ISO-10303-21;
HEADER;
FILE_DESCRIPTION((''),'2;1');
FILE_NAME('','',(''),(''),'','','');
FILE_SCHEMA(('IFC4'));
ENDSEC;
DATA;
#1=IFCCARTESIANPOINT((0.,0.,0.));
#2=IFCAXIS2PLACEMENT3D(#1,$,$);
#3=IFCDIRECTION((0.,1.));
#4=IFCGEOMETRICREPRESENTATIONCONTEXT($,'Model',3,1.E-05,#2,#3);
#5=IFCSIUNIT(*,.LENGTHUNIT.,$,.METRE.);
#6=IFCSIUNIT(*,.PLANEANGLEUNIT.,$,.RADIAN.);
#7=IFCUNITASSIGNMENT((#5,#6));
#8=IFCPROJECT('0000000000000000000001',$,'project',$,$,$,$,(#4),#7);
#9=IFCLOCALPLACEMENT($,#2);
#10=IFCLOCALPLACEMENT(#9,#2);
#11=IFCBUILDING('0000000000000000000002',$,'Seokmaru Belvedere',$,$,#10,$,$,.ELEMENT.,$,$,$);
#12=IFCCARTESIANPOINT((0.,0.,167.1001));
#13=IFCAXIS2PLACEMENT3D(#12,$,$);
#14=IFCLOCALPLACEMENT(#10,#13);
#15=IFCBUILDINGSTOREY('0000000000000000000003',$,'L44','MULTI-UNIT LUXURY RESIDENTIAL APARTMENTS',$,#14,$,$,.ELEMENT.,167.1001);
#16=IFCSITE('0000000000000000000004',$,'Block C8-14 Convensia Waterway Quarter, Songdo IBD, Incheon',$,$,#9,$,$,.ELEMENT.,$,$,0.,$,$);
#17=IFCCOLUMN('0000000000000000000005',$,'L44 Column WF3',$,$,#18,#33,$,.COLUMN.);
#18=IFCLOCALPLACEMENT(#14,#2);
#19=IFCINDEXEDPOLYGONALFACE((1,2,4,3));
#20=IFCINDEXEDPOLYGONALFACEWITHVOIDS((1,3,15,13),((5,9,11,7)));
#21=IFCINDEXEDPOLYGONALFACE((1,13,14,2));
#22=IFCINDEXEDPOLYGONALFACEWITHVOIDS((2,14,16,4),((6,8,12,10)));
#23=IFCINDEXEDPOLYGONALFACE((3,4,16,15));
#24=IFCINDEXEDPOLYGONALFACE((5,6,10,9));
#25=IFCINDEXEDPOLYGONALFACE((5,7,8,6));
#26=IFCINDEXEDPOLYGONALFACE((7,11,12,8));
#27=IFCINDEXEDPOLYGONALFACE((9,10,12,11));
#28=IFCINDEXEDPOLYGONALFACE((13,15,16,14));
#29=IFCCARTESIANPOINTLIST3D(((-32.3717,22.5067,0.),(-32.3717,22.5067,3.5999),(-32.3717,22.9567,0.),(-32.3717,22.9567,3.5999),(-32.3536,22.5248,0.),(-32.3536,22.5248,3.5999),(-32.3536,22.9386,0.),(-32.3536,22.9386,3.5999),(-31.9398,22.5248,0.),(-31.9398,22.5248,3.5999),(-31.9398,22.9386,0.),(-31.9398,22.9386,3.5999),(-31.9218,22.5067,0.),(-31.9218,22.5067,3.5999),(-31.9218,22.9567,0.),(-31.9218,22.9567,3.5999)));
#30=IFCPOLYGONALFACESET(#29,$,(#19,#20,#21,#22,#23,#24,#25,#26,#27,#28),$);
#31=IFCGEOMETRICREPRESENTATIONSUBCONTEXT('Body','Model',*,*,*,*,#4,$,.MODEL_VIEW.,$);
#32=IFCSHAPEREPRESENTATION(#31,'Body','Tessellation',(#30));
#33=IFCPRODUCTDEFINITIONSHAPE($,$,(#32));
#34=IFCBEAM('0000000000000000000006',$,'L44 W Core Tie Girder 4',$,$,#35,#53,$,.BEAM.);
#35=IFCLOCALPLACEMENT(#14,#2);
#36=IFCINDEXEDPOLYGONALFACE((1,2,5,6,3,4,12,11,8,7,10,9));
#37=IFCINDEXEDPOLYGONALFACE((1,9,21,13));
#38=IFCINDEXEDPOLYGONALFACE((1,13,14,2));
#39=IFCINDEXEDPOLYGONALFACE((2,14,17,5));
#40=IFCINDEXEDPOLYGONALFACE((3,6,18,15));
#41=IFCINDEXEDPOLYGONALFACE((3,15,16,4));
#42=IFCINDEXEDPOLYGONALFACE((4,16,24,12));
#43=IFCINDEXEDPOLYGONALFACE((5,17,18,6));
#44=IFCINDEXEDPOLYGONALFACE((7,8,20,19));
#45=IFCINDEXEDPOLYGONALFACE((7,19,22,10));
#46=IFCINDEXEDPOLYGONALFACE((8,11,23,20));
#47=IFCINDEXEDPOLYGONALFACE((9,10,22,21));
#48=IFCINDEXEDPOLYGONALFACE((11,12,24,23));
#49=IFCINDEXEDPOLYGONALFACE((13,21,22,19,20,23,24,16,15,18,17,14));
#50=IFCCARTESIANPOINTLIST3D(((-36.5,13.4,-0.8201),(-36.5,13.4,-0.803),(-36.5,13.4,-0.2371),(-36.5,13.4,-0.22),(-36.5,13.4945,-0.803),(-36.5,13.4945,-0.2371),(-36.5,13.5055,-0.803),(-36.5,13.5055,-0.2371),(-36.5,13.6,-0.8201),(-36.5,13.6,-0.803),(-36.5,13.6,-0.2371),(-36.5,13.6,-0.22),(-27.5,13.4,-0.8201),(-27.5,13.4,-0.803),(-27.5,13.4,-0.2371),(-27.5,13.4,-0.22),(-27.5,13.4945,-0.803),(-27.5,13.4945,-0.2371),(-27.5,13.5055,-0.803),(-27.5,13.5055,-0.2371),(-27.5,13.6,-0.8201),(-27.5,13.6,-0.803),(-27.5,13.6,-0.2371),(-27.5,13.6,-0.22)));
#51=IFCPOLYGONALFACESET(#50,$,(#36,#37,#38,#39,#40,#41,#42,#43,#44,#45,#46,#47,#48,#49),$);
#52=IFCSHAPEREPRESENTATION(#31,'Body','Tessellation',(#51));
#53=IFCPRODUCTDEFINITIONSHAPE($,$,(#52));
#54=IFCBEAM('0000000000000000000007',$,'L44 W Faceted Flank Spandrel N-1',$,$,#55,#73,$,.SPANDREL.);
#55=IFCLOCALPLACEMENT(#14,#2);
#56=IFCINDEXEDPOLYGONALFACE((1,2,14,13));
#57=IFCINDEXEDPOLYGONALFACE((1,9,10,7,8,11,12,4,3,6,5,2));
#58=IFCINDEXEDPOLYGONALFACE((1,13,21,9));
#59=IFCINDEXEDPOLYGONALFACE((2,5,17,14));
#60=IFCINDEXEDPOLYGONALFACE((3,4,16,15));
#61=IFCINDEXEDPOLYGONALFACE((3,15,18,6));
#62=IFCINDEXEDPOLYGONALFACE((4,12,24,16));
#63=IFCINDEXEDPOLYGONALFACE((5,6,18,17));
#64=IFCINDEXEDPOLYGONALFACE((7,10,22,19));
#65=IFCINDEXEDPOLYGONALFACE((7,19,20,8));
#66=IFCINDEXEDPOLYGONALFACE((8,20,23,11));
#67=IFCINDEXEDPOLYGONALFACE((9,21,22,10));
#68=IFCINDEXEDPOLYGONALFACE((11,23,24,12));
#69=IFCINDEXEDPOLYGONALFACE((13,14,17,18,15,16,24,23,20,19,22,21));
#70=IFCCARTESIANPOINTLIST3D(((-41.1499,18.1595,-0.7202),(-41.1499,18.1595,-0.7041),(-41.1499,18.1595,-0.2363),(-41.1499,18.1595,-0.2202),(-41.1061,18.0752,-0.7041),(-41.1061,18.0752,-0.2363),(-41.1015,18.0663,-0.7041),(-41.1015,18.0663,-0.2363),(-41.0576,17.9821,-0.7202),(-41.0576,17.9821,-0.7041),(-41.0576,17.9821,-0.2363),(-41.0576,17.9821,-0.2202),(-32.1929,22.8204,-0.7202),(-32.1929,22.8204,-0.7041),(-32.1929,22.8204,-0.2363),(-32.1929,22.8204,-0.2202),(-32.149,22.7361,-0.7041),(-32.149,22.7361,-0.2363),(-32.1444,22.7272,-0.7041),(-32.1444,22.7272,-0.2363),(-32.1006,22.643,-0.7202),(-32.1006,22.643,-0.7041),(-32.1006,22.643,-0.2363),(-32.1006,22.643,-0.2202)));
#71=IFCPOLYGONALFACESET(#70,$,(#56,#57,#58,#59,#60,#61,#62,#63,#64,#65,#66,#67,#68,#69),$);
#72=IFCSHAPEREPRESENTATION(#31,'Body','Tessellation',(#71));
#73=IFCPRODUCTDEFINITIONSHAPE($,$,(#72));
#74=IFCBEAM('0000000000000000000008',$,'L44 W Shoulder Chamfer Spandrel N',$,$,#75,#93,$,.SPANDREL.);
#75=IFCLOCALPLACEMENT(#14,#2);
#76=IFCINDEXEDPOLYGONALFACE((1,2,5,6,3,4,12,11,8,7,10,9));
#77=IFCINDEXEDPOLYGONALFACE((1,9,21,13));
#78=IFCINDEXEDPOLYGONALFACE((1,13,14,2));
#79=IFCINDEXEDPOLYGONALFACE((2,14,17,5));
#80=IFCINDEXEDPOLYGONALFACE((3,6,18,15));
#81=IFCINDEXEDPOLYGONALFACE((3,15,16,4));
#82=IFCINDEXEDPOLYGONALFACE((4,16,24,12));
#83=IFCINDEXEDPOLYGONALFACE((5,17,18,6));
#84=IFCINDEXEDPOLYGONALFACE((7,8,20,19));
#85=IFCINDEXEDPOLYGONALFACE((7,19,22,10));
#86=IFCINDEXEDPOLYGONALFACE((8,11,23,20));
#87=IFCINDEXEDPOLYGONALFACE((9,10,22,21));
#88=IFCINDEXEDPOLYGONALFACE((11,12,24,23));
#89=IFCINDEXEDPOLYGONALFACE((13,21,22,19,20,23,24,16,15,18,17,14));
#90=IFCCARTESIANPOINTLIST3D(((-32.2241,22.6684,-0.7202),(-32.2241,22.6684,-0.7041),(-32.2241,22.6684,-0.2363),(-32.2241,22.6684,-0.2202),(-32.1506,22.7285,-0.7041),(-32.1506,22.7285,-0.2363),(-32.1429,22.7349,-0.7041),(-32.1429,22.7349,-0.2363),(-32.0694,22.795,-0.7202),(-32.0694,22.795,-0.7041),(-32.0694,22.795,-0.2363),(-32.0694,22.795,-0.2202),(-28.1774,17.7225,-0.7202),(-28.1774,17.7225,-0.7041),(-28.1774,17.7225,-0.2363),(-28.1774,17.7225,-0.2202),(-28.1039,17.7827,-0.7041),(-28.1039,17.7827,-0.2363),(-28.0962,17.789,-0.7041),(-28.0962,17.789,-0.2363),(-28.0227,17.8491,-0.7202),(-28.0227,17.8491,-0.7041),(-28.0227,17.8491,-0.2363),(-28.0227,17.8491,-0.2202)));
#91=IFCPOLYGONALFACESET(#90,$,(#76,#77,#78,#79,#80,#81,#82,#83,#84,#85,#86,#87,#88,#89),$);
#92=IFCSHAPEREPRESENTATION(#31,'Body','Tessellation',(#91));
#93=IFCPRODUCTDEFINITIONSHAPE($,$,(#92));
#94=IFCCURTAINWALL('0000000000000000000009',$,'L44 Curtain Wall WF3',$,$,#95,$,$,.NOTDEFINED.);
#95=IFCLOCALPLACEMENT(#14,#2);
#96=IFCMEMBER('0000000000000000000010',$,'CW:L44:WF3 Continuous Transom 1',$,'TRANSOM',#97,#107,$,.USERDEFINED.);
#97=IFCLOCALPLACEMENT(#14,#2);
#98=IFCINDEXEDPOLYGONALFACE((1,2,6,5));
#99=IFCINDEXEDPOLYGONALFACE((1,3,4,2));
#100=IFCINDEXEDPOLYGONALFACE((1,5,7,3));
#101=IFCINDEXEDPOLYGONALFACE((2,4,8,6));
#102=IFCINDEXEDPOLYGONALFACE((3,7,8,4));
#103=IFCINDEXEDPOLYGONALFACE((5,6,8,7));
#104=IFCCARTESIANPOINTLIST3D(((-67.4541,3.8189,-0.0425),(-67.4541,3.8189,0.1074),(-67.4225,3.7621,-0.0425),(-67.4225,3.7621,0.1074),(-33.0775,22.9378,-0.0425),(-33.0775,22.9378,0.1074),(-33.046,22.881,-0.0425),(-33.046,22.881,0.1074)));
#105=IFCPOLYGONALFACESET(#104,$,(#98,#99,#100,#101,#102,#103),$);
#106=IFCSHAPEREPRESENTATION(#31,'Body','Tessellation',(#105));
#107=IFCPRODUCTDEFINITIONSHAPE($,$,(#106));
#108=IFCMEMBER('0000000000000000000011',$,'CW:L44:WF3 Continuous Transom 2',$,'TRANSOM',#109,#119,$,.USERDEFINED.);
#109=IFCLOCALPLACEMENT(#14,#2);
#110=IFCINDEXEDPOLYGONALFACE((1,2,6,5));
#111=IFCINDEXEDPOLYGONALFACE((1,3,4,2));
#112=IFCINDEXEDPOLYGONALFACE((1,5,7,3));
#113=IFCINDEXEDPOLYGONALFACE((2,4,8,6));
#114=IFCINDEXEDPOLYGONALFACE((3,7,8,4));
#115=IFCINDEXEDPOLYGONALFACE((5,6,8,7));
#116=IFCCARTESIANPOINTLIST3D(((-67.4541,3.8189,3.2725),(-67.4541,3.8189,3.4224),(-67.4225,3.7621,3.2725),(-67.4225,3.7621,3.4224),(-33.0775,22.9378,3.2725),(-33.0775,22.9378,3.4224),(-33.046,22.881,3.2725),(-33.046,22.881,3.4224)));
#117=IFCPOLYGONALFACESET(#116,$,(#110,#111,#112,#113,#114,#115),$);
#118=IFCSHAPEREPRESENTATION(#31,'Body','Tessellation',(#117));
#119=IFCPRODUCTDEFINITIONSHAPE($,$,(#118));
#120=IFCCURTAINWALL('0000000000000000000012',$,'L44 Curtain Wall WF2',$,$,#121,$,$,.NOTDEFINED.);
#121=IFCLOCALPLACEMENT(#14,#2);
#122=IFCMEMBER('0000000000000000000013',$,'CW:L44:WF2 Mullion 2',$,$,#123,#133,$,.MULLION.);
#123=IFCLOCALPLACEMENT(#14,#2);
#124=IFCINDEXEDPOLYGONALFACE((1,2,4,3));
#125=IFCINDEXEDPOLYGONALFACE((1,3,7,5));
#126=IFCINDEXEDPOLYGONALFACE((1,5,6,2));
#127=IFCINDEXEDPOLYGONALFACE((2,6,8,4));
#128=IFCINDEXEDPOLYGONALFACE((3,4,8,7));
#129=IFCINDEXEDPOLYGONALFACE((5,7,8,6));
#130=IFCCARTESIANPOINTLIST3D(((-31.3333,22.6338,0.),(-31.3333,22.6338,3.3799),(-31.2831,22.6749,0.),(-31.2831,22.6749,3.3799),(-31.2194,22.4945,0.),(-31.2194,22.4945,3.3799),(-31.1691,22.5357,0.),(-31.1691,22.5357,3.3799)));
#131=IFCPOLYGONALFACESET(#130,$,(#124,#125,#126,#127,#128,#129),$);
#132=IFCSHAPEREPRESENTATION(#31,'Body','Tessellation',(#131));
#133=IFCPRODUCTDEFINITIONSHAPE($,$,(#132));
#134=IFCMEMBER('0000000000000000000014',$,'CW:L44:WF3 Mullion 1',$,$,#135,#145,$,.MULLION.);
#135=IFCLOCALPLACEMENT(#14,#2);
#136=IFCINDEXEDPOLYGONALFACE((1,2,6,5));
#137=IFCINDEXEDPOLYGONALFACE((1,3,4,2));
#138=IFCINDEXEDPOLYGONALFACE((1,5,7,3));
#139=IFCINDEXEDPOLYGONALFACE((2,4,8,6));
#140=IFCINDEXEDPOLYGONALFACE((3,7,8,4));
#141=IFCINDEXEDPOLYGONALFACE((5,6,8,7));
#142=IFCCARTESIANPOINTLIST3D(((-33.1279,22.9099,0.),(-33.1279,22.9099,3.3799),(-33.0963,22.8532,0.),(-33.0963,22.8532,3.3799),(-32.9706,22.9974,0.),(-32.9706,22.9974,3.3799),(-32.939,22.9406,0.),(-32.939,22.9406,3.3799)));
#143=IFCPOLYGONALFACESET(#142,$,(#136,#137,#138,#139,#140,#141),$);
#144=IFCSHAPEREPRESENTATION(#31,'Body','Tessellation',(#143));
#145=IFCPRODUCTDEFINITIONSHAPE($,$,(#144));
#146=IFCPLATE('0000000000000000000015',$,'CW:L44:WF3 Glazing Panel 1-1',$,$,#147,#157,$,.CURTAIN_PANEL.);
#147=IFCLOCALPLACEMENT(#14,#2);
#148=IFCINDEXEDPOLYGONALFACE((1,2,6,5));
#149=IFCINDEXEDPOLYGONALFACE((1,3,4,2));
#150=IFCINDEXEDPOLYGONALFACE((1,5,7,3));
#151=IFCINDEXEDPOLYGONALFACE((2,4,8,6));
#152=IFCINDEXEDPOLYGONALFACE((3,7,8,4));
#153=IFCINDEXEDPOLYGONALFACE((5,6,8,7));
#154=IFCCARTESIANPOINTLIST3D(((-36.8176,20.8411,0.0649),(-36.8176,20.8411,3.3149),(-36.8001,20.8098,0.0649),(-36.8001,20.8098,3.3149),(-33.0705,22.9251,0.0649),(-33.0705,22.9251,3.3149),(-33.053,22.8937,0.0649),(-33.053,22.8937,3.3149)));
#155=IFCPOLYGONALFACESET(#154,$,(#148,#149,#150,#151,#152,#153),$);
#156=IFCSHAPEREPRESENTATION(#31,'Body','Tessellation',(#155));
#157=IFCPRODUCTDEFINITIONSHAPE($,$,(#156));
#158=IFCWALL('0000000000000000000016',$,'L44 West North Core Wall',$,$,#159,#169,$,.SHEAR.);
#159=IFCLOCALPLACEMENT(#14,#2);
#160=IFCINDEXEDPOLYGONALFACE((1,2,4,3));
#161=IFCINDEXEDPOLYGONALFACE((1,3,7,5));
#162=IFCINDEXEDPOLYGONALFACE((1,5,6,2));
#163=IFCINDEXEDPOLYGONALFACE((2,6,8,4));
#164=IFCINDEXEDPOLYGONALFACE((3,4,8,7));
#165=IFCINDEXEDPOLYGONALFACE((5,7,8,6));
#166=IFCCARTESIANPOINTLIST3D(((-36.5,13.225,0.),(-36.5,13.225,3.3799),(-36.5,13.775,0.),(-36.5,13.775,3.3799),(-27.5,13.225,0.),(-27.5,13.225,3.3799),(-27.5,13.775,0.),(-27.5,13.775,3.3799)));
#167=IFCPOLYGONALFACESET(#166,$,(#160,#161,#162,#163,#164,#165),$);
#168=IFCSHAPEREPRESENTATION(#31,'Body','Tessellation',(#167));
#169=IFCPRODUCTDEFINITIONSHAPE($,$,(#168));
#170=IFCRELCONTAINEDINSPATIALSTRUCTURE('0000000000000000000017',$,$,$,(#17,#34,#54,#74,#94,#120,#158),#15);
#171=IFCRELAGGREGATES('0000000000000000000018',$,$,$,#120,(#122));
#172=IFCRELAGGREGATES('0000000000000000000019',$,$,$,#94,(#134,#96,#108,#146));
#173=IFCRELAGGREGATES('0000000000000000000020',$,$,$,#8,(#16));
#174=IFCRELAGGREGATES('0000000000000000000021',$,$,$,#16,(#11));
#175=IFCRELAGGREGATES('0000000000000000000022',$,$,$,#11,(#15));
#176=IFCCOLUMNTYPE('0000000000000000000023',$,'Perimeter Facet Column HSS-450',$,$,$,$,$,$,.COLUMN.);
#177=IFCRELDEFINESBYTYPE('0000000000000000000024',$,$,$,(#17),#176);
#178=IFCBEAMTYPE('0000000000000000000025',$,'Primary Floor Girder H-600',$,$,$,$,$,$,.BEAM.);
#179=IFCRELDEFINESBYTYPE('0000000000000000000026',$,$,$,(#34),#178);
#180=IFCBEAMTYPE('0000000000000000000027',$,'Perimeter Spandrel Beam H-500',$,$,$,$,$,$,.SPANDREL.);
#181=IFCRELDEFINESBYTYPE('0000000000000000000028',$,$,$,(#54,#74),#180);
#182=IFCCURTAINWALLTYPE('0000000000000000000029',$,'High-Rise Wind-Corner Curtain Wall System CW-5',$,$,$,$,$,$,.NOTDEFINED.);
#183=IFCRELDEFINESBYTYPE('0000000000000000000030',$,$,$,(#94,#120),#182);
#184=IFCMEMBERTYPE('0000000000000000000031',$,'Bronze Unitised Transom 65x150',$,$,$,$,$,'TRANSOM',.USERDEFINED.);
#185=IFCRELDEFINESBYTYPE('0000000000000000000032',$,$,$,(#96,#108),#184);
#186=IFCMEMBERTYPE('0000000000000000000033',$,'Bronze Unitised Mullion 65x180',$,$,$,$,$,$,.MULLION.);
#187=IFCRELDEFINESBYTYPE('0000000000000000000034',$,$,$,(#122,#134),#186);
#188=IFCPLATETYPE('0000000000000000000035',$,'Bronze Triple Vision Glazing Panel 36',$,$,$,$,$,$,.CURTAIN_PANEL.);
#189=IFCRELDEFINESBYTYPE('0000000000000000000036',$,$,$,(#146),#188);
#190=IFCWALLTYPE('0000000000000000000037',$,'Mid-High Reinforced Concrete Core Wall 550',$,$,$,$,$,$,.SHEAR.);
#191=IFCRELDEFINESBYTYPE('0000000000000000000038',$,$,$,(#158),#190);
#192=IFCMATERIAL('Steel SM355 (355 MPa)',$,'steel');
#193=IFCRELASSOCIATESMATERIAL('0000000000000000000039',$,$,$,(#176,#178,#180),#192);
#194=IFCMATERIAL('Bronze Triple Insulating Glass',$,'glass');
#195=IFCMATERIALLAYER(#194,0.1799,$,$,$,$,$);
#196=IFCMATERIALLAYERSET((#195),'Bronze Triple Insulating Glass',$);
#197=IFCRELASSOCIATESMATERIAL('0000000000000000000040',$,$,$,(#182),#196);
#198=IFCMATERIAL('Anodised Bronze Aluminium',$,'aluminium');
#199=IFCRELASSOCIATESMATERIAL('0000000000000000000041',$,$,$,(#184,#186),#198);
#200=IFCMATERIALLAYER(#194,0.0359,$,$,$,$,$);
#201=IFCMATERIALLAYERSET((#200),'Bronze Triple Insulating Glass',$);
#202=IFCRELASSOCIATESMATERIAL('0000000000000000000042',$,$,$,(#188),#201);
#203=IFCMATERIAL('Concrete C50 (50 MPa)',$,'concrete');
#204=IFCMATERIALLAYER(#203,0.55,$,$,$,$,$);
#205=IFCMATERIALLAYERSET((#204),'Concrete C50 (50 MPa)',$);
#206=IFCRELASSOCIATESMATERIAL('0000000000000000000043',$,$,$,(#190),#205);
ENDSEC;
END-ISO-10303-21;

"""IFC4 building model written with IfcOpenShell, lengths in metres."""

from ifc_helpers import new_model, si_unit, direction, frame, frame_2d, origin, origin_2d, place, context, subcontext, project, spatial, rectangle, hollow_rectangle, i_section, extrude, source, transform, mapped, material, layer, layer_set, material_profile, profile_set, type_object, type_shapes, element, aggregate, save


model = new_model("IFC4")

# Units and contexts
model_context = context("Model", 3, precision=1e-05, world=origin(), true_north=direction((0.0, 1.0)))
body_context = subcontext(model_context, "Body", "Model", "MODEL_VIEW")
ifc_project = project(units=[si_unit("LENGTHUNIT", "METRE"), si_unit("PLANEANGLEUNIT", "RADIAN")], contexts=[model_context])

# Site, building, storey
site_placement = place(None, origin())
site = spatial("IfcSite", under=ifc_project, at=site_placement, Name="Block C8-14 Convensia Waterway Quarter, Songdo IBD, Incheon", CompositionType="ELEMENT", RefElevation=0.0)
building_placement = place(site_placement, origin())
building = spatial("IfcBuilding", under=site, at=building_placement, Name="Seokmaru Belvedere", CompositionType="ELEMENT")
storey_placement = place(building_placement, frame((0.0, 0.0, 167.1001)))
storey = spatial("IfcBuildingStorey", under=building, at=storey_placement, Name="L44", Description="MULTI-UNIT LUXURY RESIDENTIAL APARTMENTS", CompositionType="ELEMENT", Elevation=167.1001)

# Column
ifc_material_1 = material(Name="Steel SM355 (355 MPa)", Category="steel")
ifc_material_profile_1 = material_profile(ifc_material_1, hollow_rectangle(XDim=0.45, YDim=0.45, WallThickness=0.0181, at=origin_2d()), Name="HSS-450x450x18")
ifc_profile_set_1 = profile_set([ifc_material_profile_1], Name="Steel SM355 (355 MPa)")
column_type = type_object("IfcColumnType", Name="Perimeter Facet Column HSS-450", PredefinedType="COLUMN", material=ifc_profile_set_1)
shared_shape_1 = source(origin(), body_context, "Body", "SweptSolid", [
    extrude(hollow_rectangle(XDim=0.45, YDim=0.45, WallThickness=0.0181, at=origin_2d()), origin(), (0.0, 0.0, 1.0), 3.5999),
])
type_shapes(column_type, [shared_shape_1])
column_placement = place(storey_placement, frame((-32.1467, 22.7317, 0.0), z_axis=(0.0, 0.0, 1.0), x_axis=(1.0, 0.0, 0.0)))
element("IfcColumn", 1, at=column_placement, inside=storey, type_object=column_type, Name="L44 Column WF3", PredefinedType="COLUMN", context=body_context, shape_type="MappedRepresentation", body=[
    mapped(shared_shape_1, transform((0.0, 0.0, 0.0), scale=1.0)),
])

# Beams
ifc_material_profile_2 = material_profile(ifc_material_1, i_section(OverallWidth=0.2, OverallDepth=0.6001, WebThickness=0.011, FlangeThickness=0.0171, at=origin_2d()), Name="H-600x200x11x17")
ifc_profile_set_2 = profile_set([ifc_material_profile_2], Name="Steel SM355 (355 MPa)")
beam_type_1 = type_object("IfcBeamType", Name="Primary Floor Girder H-600", PredefinedType="BEAM", material=ifc_profile_set_2)
shared_shape_2 = source(origin(), body_context, "Body", "SweptSolid", [
    extrude(i_section(OverallWidth=0.2, OverallDepth=0.6001, WebThickness=0.011, FlangeThickness=0.0171, at=origin_2d()), origin(), (0.0, 0.0, 1.0), 9.0),
])
type_shapes(beam_type_1, [shared_shape_2])
beam_1_placement = place(storey_placement, frame((-36.5, 13.5, -0.52), z_axis=(1.0, 0.0, 0.0), x_axis=(0.0, 1.0, 0.0)))
element("IfcBeam", 2, at=beam_1_placement, inside=storey, type_object=beam_type_1, Name="L44 W Core Tie Girder 4", PredefinedType="BEAM", context=body_context, shape_type="MappedRepresentation", body=[
    mapped(shared_shape_2, transform((0.0, 0.0, 0.0), scale=1.0)),
])
ifc_material_profile_3 = material_profile(ifc_material_1, i_section(OverallWidth=0.2, OverallDepth=0.5, WebThickness=0.01, FlangeThickness=0.0161, at=origin_2d()), Name="H-500x200x10x16")
ifc_profile_set_3 = profile_set([ifc_material_profile_3], Name="Steel SM355 (355 MPa)")
beam_type_2 = type_object("IfcBeamType", Name="Perimeter Spandrel Beam H-500", PredefinedType="SPANDREL", material=ifc_profile_set_3)
shared_shape_3 = source(origin(), body_context, "Body", "SweptSolid", [
    extrude(i_section(OverallWidth=0.2, OverallDepth=0.5, WebThickness=0.01, FlangeThickness=0.0161, at=origin_2d()), origin(), (0.0, 0.0, 1.0), 10.0972),
])
beam_2_placement = place(storey_placement, frame((-32.1467, 22.7317, -0.4702), z_axis=(-0.887086, -0.461605, 0.0), x_axis=(0.461605, -0.887086, 0.0)))
element("IfcBeam", 3, at=beam_2_placement, inside=storey, type_object=beam_type_2, Name="L44 W Faceted Flank Spandrel N-1", PredefinedType="SPANDREL", context=body_context, shape_type="MappedRepresentation", body=[
    mapped(shared_shape_3, transform((0.0, 0.0, 0.0), scale=1.0)),
])
shared_shape_4 = source(origin(), body_context, "Body", "SweptSolid", [
    extrude(i_section(OverallWidth=0.2, OverallDepth=0.5, WebThickness=0.01, FlangeThickness=0.0161, at=origin_2d()), origin(), (0.0, 0.0, 1.0), 6.3904),
])
type_shapes(beam_type_2, [shared_shape_3, shared_shape_4])
beam_3_placement = place(storey_placement, frame((-32.1467, 22.7317, -0.4702), z_axis=(0.633244, -0.773952, 0.0), x_axis=(0.773952, 0.633244, 0.0)))
element("IfcBeam", 4, at=beam_3_placement, inside=storey, type_object=beam_type_2, Name="L44 W Shoulder Chamfer Spandrel N", PredefinedType="SPANDREL", context=body_context, shape_type="MappedRepresentation", body=[
    mapped(shared_shape_4, transform((0.0, 0.0, 0.0), scale=1.0)),
])

# Curtain wall, members
ifc_material_2 = material(Name="Bronze Triple Insulating Glass", Category="glass")
ifc_layer_1 = layer(ifc_material_2, 0.1799)
ifc_layer_set_1 = layer_set([ifc_layer_1], Name="Bronze Triple Insulating Glass")
curtain_wall_type = type_object("IfcCurtainWallType", Name="High-Rise Wind-Corner Curtain Wall System CW-5", PredefinedType="NOTDEFINED", material=ifc_layer_set_1)
curtain_wall_1_placement = place(storey_placement, origin())
curtain_wall_1 = element("IfcCurtainWall", 5, at=curtain_wall_1_placement, inside=storey, type_object=curtain_wall_type, Name="L44 Curtain Wall WF3", PredefinedType="NOTDEFINED")
ifc_material_3 = material(Name="Anodised Bronze Aluminium", Category="aluminium")
ifc_material_profile_4 = material_profile(ifc_material_3, rectangle(XDim=0.0649, YDim=0.1499, at=origin_2d()), Name="CW-T-65x150")
ifc_profile_set_4 = profile_set([ifc_material_profile_4], Name="Anodised Bronze Aluminium")
member_type_1 = type_object("IfcMemberType", Name="Bronze Unitised Transom 65x150", ElementType="TRANSOM", PredefinedType="USERDEFINED", material=ifc_profile_set_4)
shared_shape_5 = source(origin(), body_context, "Body", "SweptSolid", [
    extrude(rectangle(XDim=0.0649, YDim=0.1499, at=origin_2d()), origin(), (0.0, 0.0, 1.0), 39.3354),
])
type_shapes(member_type_1, [shared_shape_5])
member_1_placement = place(storey_placement, frame((-33.0618, 22.9094, 0.0325), z_axis=(-0.873932, -0.486048, 0.0), x_axis=(0.486048, -0.873932, 0.0)))
member_1 = element("IfcMember", 6, at=member_1_placement, type_object=member_type_1, Name="CW:L44:WF3 Continuous Transom 1", ObjectType="TRANSOM", PredefinedType="USERDEFINED", context=body_context, shape_type="MappedRepresentation", body=[
    mapped(shared_shape_5, transform((0.0, 0.0, 0.0), scale=1.0)),
])
member_2_placement = place(storey_placement, frame((-33.0618, 22.9094, 3.3474), z_axis=(-0.873932, -0.486048, 0.0), x_axis=(0.486048, -0.873932, 0.0)))
member_2 = element("IfcMember", 7, at=member_2_placement, type_object=member_type_1, Name="CW:L44:WF3 Continuous Transom 2", ObjectType="TRANSOM", PredefinedType="USERDEFINED", context=body_context, shape_type="MappedRepresentation", body=[
    mapped(shared_shape_5, transform((0.0, 0.0, 0.0), scale=1.0)),
])

# Curtain wall, member
curtain_wall_2_placement = place(storey_placement, origin())
curtain_wall_2 = element("IfcCurtainWall", 8, at=curtain_wall_2_placement, inside=storey, type_object=curtain_wall_type, Name="L44 Curtain Wall WF2", PredefinedType="NOTDEFINED")
ifc_material_profile_5 = material_profile(ifc_material_3, rectangle(XDim=0.0649, YDim=0.1799, at=origin_2d()), Name="CW-M-65x180")
ifc_profile_set_5 = profile_set([ifc_material_profile_5], Name="Anodised Bronze Aluminium")
member_type_2 = type_object("IfcMemberType", Name="Bronze Unitised Mullion 65x180", PredefinedType="MULLION", material=ifc_profile_set_5)
shared_shape_6 = source(origin(), body_context, "Body", "SweptSolid", [
    extrude(rectangle(XDim=0.0649, YDim=0.1799, at=origin_2d()), origin(), (0.0, 0.0, 1.0), 3.3799),
])
type_shapes(member_type_2, [shared_shape_6])
member_3_placement = place(storey_placement, frame((-31.2512, 22.5847, 0.0), z_axis=(0.0, 0.0, 1.0), x_axis=(-0.773944, -0.633254, 0.0)))
member_3 = element("IfcMember", 9, at=member_3_placement, type_object=member_type_2, Name="CW:L44:WF2 Mullion 2", PredefinedType="MULLION", context=body_context, shape_type="MappedRepresentation", body=[
    mapped(shared_shape_6, transform((0.0, 0.0, 0.0), scale=1.0)),
])
aggregate(curtain_wall_2, [member_3])

# Member
member_4_placement = place(storey_placement, frame((-33.0334, 22.9253, 0.0), z_axis=(0.0, 0.0, 1.0), x_axis=(0.486047, -0.873933, 0.0)))
member_4 = element("IfcMember", 10, at=member_4_placement, type_object=member_type_2, Name="CW:L44:WF3 Mullion 1", PredefinedType="MULLION", context=body_context, shape_type="MappedRepresentation", body=[
    mapped(shared_shape_6, transform((0.0, 0.0, 0.0), scale=1.0)),
])

# Plate
ifc_layer_2 = layer(ifc_material_2, 0.0359)
ifc_layer_set_2 = layer_set([ifc_layer_2], Name="Bronze Triple Insulating Glass")
plate_type = type_object("IfcPlateType", Name="Bronze Triple Vision Glazing Panel 36", PredefinedType="CURTAIN_PANEL", material=ifc_layer_set_2)
shared_shape_7 = source(origin(), body_context, "Body", "SweptSolid", [
    extrude(rectangle(XDim=4.2876, YDim=0.0359, at=origin_2d()), origin(), (0.0, 0.0, 1.0), 3.25),
])
type_shapes(plate_type, [shared_shape_7])
plate_placement = place(storey_placement, frame((-34.9353, 21.8674, 0.0649), z_axis=(0.0, 0.0, 1.0), x_axis=(-0.873933, -0.486047, 0.0)))
plate = element("IfcPlate", 11, at=plate_placement, type_object=plate_type, Name="CW:L44:WF3 Glazing Panel 1-1", PredefinedType="CURTAIN_PANEL", context=body_context, shape_type="MappedRepresentation", body=[
    mapped(shared_shape_7, transform((0.0, 0.0, 0.0), scale=1.0)),
])
aggregate(curtain_wall_1, [member_4, member_1, member_2, plate])

# Wall
ifc_material_4 = material(Name="Concrete C50 (50 MPa)", Category="concrete")
ifc_layer_3 = layer(ifc_material_4, 0.55)
ifc_layer_set_3 = layer_set([ifc_layer_3], Name="Concrete C50 (50 MPa)")
wall_type_1 = type_object("IfcWallType", Name="Mid-High Reinforced Concrete Core Wall 550", PredefinedType="SHEAR", material=ifc_layer_set_3)
wall_1_placement = place(storey_placement, frame((-36.5, 13.5, 0.0), z_axis=(0.0, 0.0, 1.0), x_axis=(1.0, 0.0, 0.0)))
element("IfcWall", 12, at=wall_1_placement, inside=storey, type_object=wall_type_1, Name="L44 West North Core Wall", PredefinedType="SHEAR", context=body_context, shape_type="SweptSolid", body=[
    extrude(rectangle(XDim=9.0, YDim=0.55, at=frame_2d((4.5, 0.0))), origin(), (0.0, 0.0, 1.0), 3.3799),
])

save(model, "model.ifc")
